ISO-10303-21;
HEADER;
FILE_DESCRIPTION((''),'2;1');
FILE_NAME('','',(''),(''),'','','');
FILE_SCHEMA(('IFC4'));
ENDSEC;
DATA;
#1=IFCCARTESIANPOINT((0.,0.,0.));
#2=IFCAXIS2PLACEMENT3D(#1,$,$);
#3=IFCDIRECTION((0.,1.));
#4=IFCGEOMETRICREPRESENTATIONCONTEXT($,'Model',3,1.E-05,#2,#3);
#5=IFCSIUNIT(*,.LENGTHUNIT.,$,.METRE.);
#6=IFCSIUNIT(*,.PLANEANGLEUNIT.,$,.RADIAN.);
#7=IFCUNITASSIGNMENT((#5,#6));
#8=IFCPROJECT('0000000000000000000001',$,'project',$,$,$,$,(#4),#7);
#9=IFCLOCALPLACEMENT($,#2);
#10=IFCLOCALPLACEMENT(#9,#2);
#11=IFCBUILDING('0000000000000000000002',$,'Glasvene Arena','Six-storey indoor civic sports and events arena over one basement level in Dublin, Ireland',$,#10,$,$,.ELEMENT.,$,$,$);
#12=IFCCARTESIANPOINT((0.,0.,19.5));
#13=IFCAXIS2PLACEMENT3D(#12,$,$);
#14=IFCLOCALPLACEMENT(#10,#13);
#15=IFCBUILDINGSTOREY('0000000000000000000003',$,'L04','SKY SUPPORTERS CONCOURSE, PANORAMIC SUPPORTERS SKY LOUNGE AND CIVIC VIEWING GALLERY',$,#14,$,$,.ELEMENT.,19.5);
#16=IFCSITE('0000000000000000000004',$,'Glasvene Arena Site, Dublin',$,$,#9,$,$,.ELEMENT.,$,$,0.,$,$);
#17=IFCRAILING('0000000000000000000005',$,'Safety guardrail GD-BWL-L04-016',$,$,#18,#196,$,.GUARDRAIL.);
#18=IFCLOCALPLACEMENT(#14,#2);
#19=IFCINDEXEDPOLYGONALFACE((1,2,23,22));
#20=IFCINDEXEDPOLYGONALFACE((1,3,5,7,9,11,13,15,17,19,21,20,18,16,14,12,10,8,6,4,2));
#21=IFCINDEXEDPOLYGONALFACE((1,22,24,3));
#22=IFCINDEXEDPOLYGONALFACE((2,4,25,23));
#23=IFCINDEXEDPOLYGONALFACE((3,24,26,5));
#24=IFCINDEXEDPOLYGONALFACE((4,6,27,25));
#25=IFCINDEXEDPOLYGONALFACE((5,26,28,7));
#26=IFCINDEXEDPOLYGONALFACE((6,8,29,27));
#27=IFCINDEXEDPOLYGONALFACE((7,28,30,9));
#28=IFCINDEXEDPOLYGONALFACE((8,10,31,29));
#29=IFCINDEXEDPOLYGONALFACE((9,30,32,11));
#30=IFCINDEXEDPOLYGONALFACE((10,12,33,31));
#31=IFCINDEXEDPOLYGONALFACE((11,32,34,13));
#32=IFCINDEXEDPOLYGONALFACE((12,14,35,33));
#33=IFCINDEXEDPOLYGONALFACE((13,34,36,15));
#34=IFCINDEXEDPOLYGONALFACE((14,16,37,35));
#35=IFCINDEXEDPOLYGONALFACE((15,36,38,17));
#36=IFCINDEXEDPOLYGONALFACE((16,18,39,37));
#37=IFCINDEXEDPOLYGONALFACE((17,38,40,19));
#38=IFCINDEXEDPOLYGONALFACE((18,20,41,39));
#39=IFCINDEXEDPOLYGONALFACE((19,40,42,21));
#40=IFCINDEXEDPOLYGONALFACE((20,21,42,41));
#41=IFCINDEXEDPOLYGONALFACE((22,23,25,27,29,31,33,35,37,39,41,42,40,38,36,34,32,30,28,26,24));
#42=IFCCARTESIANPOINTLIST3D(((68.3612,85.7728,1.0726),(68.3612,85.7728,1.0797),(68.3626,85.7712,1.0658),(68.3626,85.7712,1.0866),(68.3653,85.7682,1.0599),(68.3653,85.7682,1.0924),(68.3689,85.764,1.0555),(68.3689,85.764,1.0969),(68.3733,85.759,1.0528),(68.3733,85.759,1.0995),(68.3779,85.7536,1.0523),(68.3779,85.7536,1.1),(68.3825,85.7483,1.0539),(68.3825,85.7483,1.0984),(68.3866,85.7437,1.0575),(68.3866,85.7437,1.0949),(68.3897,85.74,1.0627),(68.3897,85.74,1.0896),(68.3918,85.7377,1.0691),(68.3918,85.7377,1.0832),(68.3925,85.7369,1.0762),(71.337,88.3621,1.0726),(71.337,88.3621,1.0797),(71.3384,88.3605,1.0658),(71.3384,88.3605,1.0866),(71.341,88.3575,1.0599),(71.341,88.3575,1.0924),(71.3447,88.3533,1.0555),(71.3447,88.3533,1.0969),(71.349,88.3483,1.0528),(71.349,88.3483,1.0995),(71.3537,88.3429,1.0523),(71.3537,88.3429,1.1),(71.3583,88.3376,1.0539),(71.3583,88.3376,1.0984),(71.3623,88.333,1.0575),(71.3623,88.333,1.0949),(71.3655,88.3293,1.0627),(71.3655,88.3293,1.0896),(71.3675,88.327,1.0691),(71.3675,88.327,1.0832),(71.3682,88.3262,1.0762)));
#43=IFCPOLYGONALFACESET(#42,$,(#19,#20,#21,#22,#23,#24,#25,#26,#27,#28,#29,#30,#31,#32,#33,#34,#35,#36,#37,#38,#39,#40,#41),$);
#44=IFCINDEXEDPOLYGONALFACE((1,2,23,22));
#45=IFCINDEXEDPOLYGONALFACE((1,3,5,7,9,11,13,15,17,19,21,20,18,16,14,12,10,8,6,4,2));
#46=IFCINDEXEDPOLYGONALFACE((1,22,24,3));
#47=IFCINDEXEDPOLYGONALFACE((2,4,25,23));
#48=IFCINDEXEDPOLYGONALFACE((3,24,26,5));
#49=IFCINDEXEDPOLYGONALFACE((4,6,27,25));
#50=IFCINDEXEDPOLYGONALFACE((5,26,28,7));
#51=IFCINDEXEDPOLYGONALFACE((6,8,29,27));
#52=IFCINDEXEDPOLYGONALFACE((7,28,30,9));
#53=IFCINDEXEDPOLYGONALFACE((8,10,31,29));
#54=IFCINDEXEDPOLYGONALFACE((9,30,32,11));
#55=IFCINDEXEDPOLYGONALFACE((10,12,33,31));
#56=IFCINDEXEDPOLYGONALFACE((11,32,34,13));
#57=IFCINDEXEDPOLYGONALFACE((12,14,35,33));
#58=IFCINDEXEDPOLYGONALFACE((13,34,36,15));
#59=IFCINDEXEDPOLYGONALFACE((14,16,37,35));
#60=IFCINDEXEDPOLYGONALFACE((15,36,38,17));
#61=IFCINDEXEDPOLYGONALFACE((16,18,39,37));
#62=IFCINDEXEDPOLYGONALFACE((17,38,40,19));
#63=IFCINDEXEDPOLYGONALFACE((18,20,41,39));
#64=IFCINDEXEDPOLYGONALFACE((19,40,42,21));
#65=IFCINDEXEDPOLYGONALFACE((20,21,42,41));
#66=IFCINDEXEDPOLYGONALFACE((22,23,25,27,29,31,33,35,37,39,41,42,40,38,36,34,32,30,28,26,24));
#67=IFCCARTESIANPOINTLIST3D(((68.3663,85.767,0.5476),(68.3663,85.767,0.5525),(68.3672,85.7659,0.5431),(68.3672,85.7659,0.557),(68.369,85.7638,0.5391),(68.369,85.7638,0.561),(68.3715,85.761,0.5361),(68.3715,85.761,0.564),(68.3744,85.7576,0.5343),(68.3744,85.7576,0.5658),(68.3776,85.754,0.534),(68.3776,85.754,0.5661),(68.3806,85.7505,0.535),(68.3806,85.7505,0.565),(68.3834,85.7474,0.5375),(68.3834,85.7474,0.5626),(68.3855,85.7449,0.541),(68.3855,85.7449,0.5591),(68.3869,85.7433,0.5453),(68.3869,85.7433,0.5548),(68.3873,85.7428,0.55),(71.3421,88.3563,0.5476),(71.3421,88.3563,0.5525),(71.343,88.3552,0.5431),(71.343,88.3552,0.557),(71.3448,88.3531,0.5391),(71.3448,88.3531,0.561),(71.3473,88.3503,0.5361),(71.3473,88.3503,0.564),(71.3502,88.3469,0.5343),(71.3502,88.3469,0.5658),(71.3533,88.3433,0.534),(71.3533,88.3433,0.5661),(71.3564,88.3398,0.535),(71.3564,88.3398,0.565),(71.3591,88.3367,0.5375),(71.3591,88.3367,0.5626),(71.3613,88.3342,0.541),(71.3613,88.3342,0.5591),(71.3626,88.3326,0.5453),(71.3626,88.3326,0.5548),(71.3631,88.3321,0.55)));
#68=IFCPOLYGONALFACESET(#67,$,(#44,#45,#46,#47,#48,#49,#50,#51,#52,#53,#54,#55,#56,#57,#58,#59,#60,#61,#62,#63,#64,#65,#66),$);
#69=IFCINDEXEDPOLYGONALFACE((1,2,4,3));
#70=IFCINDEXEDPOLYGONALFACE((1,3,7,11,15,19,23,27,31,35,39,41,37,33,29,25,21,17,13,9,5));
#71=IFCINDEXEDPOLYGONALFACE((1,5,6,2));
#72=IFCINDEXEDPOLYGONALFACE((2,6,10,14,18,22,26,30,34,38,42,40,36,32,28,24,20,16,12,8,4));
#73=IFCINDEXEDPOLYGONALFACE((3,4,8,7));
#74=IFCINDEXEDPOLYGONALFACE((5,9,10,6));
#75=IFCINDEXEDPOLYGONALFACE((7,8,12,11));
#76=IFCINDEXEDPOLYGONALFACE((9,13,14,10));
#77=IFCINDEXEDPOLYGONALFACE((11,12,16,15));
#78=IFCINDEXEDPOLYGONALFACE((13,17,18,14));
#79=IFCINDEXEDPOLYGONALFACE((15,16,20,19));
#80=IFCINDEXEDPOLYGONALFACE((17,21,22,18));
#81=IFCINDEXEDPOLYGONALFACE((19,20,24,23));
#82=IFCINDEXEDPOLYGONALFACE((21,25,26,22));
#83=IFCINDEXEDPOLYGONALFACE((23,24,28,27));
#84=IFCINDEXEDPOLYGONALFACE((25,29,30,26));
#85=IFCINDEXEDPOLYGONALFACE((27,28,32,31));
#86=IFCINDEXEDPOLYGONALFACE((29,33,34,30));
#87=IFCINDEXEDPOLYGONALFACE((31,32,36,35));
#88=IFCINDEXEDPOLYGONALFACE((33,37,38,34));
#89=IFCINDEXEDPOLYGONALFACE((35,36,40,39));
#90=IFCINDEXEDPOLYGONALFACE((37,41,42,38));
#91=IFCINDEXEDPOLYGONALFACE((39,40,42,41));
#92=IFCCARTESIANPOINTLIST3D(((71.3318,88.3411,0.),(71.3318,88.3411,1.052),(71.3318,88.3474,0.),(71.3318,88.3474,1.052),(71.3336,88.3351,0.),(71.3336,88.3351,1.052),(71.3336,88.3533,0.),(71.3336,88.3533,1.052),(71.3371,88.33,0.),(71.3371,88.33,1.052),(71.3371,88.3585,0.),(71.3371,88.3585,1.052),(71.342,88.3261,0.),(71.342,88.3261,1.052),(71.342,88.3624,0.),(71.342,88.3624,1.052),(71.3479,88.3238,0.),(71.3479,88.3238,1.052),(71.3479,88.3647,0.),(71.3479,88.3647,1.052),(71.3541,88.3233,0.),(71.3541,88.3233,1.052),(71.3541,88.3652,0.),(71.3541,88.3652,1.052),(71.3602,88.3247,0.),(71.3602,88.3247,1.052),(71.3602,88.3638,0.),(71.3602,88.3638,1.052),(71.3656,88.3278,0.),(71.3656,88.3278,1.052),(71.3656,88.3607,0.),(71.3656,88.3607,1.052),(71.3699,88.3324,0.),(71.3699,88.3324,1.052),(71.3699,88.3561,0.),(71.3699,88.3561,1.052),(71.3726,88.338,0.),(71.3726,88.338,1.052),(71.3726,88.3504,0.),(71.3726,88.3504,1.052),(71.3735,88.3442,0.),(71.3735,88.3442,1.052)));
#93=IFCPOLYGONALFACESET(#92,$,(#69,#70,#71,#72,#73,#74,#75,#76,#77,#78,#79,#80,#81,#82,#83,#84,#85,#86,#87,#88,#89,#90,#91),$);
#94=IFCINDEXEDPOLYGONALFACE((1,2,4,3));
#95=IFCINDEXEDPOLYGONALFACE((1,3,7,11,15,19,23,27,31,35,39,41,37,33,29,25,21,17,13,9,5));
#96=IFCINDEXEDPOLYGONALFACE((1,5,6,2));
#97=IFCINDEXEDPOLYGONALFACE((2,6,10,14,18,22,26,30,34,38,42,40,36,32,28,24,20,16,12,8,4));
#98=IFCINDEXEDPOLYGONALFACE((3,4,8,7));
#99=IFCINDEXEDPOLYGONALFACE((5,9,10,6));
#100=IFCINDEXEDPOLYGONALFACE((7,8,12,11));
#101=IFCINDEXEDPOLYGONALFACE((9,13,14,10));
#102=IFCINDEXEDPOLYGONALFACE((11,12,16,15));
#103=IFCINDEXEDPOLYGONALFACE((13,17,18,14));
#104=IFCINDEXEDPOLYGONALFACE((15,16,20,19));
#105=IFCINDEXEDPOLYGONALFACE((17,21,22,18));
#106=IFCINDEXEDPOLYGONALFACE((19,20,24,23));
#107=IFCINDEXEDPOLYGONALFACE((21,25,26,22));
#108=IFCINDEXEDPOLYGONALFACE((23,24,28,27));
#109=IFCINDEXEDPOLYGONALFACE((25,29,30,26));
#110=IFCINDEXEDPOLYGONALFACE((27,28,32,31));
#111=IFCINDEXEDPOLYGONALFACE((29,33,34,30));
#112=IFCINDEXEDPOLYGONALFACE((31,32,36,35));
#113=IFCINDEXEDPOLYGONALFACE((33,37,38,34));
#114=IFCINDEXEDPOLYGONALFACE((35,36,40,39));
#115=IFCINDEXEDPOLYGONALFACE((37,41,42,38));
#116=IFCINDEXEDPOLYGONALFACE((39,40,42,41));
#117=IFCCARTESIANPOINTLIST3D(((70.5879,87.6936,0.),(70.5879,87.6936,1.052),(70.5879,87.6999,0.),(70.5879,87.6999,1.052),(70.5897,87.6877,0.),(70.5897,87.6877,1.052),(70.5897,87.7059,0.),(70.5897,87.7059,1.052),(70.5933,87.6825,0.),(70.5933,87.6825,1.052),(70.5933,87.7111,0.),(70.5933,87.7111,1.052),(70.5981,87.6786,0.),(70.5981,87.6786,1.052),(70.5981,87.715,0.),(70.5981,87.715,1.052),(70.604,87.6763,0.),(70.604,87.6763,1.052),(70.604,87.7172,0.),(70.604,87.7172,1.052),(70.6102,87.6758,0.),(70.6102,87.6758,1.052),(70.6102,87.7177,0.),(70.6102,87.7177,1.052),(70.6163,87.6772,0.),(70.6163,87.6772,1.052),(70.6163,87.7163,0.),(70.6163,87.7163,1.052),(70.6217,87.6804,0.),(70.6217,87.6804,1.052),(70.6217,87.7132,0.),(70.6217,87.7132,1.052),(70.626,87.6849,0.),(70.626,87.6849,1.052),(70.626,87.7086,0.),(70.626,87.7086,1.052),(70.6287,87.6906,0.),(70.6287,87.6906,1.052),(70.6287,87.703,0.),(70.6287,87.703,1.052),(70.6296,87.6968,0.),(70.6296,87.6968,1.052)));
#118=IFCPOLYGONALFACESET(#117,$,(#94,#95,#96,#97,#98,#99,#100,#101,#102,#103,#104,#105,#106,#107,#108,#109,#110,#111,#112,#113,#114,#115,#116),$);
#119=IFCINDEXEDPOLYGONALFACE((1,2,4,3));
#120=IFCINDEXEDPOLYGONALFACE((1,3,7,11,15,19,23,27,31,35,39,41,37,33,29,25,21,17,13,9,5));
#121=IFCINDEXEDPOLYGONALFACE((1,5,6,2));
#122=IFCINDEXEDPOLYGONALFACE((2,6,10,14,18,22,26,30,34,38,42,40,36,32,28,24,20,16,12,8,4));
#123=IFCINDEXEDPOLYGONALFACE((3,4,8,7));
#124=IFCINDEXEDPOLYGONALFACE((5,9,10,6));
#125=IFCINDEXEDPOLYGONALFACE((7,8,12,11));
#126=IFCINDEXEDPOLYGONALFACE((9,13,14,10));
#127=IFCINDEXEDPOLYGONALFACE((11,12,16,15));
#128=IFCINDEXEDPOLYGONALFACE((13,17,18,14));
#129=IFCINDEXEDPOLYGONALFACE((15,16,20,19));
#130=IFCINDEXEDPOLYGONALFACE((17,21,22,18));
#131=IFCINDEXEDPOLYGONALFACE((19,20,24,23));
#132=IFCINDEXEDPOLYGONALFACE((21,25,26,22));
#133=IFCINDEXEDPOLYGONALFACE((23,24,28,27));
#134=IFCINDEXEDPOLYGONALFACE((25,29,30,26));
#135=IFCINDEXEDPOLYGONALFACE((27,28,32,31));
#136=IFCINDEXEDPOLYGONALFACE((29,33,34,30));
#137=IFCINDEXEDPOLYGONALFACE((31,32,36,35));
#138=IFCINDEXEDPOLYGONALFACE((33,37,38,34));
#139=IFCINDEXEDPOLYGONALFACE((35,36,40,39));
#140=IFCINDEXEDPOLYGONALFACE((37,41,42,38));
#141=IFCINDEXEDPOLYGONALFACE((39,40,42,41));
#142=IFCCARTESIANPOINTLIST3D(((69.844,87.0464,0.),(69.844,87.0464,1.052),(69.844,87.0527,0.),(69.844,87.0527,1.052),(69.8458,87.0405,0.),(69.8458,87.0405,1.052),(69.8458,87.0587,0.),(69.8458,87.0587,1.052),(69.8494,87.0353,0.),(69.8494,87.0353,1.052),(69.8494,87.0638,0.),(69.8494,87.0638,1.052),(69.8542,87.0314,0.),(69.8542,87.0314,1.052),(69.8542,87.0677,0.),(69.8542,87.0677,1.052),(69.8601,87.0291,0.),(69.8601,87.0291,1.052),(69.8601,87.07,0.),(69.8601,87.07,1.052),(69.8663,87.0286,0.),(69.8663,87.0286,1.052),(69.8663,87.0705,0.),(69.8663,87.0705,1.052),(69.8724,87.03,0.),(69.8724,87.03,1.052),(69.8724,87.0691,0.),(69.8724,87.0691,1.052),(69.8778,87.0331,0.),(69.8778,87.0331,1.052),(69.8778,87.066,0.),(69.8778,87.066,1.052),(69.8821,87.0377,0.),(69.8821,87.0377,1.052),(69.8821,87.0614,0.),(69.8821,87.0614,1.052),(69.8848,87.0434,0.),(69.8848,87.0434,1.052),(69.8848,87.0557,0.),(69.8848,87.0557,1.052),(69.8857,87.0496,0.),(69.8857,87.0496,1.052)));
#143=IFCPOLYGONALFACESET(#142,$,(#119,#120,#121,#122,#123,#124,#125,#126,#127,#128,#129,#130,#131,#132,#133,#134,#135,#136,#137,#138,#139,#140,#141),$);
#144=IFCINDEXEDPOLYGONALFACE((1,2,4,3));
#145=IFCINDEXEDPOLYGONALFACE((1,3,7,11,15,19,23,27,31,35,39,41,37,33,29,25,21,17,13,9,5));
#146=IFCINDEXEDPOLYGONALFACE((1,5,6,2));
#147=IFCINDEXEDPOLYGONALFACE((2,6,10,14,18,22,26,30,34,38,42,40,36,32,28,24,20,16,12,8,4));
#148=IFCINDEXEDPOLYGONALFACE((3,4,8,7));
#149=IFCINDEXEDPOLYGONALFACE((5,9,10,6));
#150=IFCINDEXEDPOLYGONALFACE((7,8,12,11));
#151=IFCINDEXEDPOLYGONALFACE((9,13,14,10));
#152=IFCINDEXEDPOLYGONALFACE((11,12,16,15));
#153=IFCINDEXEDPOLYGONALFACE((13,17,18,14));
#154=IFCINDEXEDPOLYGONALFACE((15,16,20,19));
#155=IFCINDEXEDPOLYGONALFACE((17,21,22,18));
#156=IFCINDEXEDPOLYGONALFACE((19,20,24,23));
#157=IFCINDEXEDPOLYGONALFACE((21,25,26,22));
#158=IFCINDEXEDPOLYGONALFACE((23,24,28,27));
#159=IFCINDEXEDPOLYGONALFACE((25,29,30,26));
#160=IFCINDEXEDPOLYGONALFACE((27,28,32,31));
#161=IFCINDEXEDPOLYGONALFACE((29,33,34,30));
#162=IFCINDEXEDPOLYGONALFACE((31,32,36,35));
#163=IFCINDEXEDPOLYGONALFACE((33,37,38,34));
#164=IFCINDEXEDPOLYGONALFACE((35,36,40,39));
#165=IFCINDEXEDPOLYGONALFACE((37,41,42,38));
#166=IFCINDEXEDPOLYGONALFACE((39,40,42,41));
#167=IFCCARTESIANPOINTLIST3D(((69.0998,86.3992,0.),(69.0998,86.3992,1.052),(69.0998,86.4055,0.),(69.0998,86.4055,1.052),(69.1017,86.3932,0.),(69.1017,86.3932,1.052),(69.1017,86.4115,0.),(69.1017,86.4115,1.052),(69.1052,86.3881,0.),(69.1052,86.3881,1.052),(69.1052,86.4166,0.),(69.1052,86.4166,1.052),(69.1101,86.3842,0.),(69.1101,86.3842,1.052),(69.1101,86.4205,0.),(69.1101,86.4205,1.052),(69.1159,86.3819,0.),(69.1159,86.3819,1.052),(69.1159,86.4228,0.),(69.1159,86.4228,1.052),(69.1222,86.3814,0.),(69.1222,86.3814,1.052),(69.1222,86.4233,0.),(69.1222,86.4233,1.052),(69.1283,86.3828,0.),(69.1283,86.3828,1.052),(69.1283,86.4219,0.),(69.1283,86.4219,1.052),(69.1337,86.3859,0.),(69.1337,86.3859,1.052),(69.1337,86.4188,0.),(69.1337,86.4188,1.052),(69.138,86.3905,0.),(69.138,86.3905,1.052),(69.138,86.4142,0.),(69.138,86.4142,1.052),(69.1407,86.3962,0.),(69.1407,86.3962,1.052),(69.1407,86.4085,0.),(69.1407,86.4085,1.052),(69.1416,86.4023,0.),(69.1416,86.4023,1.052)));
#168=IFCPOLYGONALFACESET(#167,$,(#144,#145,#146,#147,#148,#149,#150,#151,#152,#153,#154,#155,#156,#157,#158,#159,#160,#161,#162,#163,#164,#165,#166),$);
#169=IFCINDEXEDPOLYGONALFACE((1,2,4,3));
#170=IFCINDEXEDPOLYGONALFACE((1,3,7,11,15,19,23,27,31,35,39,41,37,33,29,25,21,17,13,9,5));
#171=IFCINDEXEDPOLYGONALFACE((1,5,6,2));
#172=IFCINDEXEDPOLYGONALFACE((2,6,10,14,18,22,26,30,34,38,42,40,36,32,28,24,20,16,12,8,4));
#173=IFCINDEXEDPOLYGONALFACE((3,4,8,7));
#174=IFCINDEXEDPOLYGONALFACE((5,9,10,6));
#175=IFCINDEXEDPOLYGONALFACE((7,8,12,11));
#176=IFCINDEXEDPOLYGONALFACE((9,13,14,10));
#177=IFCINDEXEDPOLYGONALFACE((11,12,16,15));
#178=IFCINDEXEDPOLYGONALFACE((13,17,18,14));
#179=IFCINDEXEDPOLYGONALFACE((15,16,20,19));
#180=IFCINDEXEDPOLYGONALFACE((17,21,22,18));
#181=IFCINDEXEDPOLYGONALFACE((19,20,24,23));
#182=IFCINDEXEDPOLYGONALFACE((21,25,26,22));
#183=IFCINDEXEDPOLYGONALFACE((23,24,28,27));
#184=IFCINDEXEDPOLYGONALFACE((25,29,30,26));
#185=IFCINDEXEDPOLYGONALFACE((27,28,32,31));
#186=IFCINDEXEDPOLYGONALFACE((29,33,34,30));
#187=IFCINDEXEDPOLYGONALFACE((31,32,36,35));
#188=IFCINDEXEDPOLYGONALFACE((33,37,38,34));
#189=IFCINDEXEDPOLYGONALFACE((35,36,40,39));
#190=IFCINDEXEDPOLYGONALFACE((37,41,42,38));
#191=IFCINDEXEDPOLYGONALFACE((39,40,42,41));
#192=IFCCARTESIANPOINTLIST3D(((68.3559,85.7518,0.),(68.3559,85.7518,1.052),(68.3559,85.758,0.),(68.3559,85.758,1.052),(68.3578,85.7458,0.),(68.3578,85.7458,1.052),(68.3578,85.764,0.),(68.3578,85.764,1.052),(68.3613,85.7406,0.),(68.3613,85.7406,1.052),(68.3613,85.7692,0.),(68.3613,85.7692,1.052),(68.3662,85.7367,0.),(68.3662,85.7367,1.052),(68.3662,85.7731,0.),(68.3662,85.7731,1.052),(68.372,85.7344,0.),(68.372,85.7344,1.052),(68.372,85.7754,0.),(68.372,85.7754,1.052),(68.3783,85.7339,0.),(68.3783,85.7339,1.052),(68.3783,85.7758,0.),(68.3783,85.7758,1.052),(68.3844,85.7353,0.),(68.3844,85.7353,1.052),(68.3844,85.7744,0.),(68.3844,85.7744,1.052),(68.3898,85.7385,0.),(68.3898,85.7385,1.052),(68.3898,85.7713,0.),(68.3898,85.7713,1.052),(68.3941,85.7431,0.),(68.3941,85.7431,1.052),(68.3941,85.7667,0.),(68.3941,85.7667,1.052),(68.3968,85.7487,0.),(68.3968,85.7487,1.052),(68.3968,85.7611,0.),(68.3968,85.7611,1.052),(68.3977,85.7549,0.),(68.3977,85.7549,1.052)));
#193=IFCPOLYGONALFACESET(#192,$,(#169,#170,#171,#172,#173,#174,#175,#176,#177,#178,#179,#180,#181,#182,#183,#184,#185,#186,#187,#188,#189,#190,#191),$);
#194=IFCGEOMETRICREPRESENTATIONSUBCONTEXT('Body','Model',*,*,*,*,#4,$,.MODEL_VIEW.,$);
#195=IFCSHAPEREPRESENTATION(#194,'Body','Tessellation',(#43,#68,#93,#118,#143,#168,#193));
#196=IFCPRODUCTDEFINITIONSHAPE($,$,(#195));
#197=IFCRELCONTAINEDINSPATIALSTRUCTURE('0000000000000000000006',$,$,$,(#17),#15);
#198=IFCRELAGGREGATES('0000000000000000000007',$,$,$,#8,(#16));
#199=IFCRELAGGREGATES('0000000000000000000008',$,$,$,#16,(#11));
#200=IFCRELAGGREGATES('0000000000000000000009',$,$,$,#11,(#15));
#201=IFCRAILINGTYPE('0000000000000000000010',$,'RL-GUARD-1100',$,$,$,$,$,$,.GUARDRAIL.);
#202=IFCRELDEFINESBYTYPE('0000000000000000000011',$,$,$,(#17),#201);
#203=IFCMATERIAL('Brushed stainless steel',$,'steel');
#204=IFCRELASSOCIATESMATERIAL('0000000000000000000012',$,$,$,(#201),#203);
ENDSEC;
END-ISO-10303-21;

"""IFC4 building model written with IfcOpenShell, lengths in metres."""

from ifc_helpers import new_model, si_unit, direction, frame, origin, origin_2d, place, context, subcontext, project, spatial, circle, extrude, material, type_object, element, save


model = new_model("IFC4")

# Units and contexts
model_context = context("Model", 3, precision=1e-05, world=origin(), true_north=direction((0.0, 1.0)))
body_context = subcontext(model_context, "Body", "Model", "MODEL_VIEW")
ifc_project = project(units=[si_unit("LENGTHUNIT", "METRE"), si_unit("PLANEANGLEUNIT", "RADIAN")], contexts=[model_context])

# Site, building, storey
site_placement = place(None, origin())
site = spatial("IfcSite", under=ifc_project, at=site_placement, Name="Glasvene Arena Site, Dublin", CompositionType="ELEMENT", RefElevation=0.0)
building_placement = place(site_placement, origin())
building = spatial("IfcBuilding", under=site, at=building_placement, Name="Glasvene Arena", Description="Six-storey indoor civic sports and events arena over one basement level in Dublin, Ireland", CompositionType="ELEMENT")
storey_placement = place(building_placement, frame((0.0, 0.0, 19.5)))
storey = spatial("IfcBuildingStorey", under=building, at=storey_placement, Name="L04", Description="SKY SUPPORTERS CONCOURSE, PANORAMIC SUPPORTERS SKY LOUNGE AND CIVIC VIEWING GALLERY", CompositionType="ELEMENT", Elevation=19.5)

# Railing
ifc_material_1 = material(Name="Brushed stainless steel", Category="steel")
railing_type = type_object("IfcRailingType", Name="RL-GUARD-1100", PredefinedType="GUARDRAIL", material=ifc_material_1)
railing_1_placement = place(storey_placement, frame((71.3525, 88.3442, 0.0)))
element("IfcRailing", 1, at=railing_1_placement, inside=storey, type_object=railing_type, Name="Safety guardrail GD-BWL-L04-016", PredefinedType="GUARDRAIL", context=body_context, shape_type="SweptSolid", body=[
    extrude(circle(Radius=0.0239, at=origin_2d()), frame((0.0, 0.0, 1.0762), z_axis=(-0.754395, -0.656421, 0.0), x_axis=(0.656421, -0.754395, 0.0)), (0.0, 0.0, 1.0), 3.9446),
    extrude(circle(Radius=0.0161, at=origin_2d()), frame((0.0, 0.0, 0.55), z_axis=(-0.754395, -0.656421, 0.0), x_axis=(0.656421, -0.754395, 0.0)), (0.0, 0.0, 1.0), 3.9446),
    extrude(circle(Radius=0.021, at=origin_2d()), origin(), (0.0, 0.0, 1.0), 1.052),
    extrude(circle(Radius=0.021, at=origin_2d()), frame((-0.7439, -0.6475, 0.0)), (0.0, 0.0, 1.0), 1.052),
    extrude(circle(Radius=0.021, at=origin_2d()), frame((-1.4878, -1.2947, 0.0)), (0.0, 0.0, 1.0), 1.052),
    extrude(circle(Radius=0.021, at=origin_2d()), frame((-2.2319, -1.9419, 0.0)), (0.0, 0.0, 1.0), 1.052),
    extrude(circle(Radius=0.021, at=origin_2d()), frame((-2.9758, -2.5894, 0.0)), (0.0, 0.0, 1.0), 1.052),
])

save(model, "model.ifc")
